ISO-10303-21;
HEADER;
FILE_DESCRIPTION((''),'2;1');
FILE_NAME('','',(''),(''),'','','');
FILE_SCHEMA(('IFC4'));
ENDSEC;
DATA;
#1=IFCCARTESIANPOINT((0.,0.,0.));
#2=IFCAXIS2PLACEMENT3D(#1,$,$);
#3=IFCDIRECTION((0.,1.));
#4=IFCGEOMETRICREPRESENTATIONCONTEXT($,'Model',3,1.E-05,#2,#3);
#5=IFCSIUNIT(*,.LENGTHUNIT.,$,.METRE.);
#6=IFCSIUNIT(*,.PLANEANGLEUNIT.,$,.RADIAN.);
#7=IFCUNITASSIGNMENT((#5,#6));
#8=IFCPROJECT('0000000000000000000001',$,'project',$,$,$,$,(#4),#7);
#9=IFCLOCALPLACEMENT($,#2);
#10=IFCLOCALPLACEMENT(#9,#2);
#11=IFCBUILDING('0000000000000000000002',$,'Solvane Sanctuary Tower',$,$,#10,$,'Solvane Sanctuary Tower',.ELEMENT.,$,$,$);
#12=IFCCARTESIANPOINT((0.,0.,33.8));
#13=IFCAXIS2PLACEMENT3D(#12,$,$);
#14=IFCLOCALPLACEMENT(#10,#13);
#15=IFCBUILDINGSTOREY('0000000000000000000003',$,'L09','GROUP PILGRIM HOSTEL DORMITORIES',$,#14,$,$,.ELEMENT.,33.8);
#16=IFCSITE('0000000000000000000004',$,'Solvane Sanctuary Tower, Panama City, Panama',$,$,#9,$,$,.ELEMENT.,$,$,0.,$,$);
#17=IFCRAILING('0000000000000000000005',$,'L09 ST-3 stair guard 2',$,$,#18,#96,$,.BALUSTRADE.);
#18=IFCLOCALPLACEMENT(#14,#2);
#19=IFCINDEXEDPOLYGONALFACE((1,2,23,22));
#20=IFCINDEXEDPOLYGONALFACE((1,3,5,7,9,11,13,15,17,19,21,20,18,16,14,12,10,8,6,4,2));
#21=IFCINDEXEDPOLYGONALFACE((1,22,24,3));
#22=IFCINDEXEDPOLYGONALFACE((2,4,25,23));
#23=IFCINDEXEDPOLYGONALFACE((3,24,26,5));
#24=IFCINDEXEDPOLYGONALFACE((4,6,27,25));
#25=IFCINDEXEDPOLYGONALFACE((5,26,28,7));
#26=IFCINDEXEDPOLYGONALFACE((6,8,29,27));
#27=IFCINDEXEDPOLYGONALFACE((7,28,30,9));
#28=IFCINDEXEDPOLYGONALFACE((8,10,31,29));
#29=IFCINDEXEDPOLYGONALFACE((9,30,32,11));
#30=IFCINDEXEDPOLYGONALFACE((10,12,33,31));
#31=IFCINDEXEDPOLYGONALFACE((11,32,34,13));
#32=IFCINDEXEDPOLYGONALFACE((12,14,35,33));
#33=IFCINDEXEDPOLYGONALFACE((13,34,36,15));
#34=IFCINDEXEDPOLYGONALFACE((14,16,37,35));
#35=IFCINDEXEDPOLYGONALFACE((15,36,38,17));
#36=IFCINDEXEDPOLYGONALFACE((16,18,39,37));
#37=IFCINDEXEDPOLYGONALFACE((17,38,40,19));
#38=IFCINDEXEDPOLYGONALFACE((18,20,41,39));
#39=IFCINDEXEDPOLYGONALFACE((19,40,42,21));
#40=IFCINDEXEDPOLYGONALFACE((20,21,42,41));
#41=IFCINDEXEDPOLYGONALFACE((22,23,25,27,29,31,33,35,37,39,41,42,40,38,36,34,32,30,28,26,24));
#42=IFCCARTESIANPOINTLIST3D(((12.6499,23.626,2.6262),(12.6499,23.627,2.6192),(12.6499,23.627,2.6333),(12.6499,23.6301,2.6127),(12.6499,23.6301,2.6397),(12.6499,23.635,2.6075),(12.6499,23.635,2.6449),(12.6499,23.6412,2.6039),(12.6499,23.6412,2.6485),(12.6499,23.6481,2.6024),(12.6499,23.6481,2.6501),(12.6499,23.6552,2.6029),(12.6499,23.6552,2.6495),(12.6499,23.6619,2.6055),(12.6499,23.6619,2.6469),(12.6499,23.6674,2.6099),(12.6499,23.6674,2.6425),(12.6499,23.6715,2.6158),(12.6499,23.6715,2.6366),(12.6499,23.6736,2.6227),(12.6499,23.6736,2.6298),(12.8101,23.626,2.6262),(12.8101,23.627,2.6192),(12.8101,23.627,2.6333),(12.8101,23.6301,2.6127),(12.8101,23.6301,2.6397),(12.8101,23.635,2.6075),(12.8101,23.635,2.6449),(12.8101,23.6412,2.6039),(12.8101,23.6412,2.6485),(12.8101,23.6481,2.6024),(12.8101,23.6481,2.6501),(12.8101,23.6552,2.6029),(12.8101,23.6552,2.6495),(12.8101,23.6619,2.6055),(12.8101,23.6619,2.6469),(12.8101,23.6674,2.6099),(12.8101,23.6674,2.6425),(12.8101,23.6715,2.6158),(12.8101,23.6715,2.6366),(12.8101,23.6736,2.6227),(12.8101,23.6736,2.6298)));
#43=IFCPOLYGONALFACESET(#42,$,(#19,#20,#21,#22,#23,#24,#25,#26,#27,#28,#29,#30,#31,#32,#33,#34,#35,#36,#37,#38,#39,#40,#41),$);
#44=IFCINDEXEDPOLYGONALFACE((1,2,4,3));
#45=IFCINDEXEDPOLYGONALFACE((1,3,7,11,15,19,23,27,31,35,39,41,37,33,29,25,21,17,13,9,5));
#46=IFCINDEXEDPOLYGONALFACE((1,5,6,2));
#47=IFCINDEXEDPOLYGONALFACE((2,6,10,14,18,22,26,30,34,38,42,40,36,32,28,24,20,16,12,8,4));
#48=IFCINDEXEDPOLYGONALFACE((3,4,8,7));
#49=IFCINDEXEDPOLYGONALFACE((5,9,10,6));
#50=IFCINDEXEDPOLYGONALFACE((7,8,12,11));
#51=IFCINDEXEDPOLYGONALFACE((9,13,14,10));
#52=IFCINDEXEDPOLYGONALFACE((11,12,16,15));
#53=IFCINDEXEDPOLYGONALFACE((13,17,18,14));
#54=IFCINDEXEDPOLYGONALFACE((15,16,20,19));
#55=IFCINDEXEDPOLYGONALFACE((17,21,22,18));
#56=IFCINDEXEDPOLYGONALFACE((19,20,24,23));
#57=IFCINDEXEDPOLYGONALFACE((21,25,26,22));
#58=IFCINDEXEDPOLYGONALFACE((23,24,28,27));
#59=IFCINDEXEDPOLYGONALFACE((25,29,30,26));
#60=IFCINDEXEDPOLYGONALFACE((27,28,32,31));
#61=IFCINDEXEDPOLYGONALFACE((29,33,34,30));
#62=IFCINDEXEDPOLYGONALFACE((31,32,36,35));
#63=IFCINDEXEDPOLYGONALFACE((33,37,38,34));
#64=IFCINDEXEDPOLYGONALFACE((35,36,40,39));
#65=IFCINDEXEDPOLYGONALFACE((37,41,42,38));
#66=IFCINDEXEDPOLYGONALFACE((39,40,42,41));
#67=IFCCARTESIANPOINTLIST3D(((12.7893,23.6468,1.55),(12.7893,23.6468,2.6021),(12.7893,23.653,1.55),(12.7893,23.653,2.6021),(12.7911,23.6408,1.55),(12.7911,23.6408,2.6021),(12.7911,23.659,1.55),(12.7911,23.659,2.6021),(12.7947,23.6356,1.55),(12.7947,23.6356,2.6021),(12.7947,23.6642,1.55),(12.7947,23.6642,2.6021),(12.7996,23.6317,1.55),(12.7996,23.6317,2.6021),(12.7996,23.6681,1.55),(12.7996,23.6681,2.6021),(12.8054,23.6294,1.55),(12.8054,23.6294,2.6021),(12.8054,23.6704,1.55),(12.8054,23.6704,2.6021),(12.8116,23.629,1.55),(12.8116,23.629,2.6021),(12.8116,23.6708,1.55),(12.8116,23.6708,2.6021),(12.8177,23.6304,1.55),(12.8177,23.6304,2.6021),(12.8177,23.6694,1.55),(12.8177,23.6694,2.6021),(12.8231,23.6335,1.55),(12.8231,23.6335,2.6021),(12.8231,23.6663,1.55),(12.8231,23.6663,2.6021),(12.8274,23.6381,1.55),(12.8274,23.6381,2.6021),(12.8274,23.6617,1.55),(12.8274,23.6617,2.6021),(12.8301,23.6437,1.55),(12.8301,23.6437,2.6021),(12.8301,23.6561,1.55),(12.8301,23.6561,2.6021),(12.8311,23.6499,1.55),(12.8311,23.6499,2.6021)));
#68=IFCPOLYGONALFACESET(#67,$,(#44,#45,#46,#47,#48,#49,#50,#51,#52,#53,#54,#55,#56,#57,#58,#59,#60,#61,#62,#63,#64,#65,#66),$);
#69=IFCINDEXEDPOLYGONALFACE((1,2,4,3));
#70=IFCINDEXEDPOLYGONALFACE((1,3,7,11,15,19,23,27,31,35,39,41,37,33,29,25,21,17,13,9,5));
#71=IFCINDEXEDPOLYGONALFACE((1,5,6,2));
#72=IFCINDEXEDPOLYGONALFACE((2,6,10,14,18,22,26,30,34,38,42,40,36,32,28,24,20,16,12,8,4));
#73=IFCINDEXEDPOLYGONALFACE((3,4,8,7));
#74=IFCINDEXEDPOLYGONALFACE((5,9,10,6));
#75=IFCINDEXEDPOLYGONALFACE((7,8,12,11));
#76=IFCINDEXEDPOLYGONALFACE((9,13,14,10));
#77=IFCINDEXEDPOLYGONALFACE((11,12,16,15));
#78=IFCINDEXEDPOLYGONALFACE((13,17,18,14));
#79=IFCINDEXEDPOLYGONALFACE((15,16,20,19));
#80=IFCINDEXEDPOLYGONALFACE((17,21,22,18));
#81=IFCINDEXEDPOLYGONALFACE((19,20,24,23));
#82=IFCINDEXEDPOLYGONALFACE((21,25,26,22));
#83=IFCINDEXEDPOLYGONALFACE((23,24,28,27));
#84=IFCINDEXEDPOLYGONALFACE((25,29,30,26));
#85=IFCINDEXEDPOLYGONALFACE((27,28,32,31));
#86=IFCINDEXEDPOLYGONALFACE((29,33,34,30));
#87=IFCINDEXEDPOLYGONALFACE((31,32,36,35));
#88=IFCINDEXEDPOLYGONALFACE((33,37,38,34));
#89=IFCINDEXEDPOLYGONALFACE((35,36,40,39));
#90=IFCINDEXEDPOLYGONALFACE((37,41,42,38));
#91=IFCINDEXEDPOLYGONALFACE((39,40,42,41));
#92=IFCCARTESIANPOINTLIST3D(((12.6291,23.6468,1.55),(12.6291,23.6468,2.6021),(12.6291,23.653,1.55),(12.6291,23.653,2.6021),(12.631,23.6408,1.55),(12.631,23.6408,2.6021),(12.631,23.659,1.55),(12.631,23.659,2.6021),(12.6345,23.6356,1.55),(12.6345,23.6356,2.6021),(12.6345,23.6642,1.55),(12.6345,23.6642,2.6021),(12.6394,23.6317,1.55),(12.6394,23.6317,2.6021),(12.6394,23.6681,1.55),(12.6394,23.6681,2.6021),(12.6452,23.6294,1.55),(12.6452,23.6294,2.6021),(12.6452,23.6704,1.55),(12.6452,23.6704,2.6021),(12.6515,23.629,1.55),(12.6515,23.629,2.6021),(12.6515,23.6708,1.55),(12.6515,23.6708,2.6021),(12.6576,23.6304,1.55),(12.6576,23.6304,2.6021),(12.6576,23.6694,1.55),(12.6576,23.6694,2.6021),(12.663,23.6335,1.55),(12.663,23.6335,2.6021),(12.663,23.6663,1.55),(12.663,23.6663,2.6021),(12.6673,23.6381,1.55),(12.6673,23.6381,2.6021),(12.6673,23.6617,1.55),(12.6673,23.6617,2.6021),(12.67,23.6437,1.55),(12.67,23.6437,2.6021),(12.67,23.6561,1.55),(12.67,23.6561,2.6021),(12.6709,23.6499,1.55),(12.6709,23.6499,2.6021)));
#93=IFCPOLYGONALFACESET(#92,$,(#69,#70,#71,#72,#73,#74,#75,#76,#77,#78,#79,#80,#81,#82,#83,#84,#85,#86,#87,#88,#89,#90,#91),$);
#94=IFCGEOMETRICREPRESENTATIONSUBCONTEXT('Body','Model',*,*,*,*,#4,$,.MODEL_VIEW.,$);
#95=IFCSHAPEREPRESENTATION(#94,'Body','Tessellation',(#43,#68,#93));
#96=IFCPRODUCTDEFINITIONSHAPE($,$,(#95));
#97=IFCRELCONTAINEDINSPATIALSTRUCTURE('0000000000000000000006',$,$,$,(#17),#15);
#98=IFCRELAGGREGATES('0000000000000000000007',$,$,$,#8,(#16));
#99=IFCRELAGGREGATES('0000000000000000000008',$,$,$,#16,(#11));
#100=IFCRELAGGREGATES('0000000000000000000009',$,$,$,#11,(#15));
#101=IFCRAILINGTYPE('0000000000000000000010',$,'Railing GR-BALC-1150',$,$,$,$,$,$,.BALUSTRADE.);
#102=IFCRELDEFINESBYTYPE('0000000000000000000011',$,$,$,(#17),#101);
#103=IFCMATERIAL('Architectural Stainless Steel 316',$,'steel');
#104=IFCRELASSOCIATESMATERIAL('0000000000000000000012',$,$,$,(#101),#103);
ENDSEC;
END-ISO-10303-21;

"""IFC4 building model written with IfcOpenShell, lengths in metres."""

from ifc_helpers import new_model, si_unit, direction, frame, origin, origin_2d, place, context, subcontext, project, spatial, circle, extrude, material, type_object, element, save


model = new_model("IFC4")

# Units and contexts
model_context = context("Model", 3, precision=1e-05, world=origin(), true_north=direction((0.0, 1.0)))
body_context = subcontext(model_context, "Body", "Model", "MODEL_VIEW")
ifc_project = project(units=[si_unit("LENGTHUNIT", "METRE"), si_unit("PLANEANGLEUNIT", "RADIAN")], contexts=[model_context])

# Site, building, storey
site_placement = place(None, origin())
site = spatial("IfcSite", under=ifc_project, at=site_placement, Name="Solvane Sanctuary Tower, Panama City, Panama", CompositionType="ELEMENT", RefElevation=0.0)
building_placement = place(site_placement, origin())
building = spatial("IfcBuilding", under=site, at=building_placement, Name="Solvane Sanctuary Tower", LongName="Solvane Sanctuary Tower", CompositionType="ELEMENT")
storey_placement = place(building_placement, frame((0.0, 0.0, 33.8)))
storey = spatial("IfcBuildingStorey", under=building, at=storey_placement, Name="L09", Description="GROUP PILGRIM HOSTEL DORMITORIES", CompositionType="ELEMENT", Elevation=33.8)

# Railing
ifc_material_1 = material(Name="Architectural Stainless Steel 316", Category="steel")
railing_type_1 = type_object("IfcRailingType", Name="Railing GR-BALC-1150", PredefinedType="BALUSTRADE", material=ifc_material_1)
railing_1_placement = place(storey_placement, frame((12.8101, 23.6499, 1.55)))
element("IfcRailing", 1, at=railing_1_placement, inside=storey, type_object=railing_type_1, Name="L09 ST-3 stair guard 2", PredefinedType="BALUSTRADE", context=body_context, shape_type="SweptSolid", body=[
    extrude(circle(Radius=0.0239, at=origin_2d()), frame((0.0, 0.0, 1.0762), z_axis=(-1.0, 0.0, 0.0), x_axis=(0.0, -1.0, 0.0)), (0.0, 0.0, 1.0), 0.1602),
    extrude(circle(Radius=0.021, at=origin_2d()), origin(), (0.0, 0.0, 1.0), 1.052),
    extrude(circle(Radius=0.021, at=origin_2d()), frame((-0.1602, 0.0, 0.0)), (0.0, 0.0, 1.0), 1.052),
])

save(model, "model.ifc")
